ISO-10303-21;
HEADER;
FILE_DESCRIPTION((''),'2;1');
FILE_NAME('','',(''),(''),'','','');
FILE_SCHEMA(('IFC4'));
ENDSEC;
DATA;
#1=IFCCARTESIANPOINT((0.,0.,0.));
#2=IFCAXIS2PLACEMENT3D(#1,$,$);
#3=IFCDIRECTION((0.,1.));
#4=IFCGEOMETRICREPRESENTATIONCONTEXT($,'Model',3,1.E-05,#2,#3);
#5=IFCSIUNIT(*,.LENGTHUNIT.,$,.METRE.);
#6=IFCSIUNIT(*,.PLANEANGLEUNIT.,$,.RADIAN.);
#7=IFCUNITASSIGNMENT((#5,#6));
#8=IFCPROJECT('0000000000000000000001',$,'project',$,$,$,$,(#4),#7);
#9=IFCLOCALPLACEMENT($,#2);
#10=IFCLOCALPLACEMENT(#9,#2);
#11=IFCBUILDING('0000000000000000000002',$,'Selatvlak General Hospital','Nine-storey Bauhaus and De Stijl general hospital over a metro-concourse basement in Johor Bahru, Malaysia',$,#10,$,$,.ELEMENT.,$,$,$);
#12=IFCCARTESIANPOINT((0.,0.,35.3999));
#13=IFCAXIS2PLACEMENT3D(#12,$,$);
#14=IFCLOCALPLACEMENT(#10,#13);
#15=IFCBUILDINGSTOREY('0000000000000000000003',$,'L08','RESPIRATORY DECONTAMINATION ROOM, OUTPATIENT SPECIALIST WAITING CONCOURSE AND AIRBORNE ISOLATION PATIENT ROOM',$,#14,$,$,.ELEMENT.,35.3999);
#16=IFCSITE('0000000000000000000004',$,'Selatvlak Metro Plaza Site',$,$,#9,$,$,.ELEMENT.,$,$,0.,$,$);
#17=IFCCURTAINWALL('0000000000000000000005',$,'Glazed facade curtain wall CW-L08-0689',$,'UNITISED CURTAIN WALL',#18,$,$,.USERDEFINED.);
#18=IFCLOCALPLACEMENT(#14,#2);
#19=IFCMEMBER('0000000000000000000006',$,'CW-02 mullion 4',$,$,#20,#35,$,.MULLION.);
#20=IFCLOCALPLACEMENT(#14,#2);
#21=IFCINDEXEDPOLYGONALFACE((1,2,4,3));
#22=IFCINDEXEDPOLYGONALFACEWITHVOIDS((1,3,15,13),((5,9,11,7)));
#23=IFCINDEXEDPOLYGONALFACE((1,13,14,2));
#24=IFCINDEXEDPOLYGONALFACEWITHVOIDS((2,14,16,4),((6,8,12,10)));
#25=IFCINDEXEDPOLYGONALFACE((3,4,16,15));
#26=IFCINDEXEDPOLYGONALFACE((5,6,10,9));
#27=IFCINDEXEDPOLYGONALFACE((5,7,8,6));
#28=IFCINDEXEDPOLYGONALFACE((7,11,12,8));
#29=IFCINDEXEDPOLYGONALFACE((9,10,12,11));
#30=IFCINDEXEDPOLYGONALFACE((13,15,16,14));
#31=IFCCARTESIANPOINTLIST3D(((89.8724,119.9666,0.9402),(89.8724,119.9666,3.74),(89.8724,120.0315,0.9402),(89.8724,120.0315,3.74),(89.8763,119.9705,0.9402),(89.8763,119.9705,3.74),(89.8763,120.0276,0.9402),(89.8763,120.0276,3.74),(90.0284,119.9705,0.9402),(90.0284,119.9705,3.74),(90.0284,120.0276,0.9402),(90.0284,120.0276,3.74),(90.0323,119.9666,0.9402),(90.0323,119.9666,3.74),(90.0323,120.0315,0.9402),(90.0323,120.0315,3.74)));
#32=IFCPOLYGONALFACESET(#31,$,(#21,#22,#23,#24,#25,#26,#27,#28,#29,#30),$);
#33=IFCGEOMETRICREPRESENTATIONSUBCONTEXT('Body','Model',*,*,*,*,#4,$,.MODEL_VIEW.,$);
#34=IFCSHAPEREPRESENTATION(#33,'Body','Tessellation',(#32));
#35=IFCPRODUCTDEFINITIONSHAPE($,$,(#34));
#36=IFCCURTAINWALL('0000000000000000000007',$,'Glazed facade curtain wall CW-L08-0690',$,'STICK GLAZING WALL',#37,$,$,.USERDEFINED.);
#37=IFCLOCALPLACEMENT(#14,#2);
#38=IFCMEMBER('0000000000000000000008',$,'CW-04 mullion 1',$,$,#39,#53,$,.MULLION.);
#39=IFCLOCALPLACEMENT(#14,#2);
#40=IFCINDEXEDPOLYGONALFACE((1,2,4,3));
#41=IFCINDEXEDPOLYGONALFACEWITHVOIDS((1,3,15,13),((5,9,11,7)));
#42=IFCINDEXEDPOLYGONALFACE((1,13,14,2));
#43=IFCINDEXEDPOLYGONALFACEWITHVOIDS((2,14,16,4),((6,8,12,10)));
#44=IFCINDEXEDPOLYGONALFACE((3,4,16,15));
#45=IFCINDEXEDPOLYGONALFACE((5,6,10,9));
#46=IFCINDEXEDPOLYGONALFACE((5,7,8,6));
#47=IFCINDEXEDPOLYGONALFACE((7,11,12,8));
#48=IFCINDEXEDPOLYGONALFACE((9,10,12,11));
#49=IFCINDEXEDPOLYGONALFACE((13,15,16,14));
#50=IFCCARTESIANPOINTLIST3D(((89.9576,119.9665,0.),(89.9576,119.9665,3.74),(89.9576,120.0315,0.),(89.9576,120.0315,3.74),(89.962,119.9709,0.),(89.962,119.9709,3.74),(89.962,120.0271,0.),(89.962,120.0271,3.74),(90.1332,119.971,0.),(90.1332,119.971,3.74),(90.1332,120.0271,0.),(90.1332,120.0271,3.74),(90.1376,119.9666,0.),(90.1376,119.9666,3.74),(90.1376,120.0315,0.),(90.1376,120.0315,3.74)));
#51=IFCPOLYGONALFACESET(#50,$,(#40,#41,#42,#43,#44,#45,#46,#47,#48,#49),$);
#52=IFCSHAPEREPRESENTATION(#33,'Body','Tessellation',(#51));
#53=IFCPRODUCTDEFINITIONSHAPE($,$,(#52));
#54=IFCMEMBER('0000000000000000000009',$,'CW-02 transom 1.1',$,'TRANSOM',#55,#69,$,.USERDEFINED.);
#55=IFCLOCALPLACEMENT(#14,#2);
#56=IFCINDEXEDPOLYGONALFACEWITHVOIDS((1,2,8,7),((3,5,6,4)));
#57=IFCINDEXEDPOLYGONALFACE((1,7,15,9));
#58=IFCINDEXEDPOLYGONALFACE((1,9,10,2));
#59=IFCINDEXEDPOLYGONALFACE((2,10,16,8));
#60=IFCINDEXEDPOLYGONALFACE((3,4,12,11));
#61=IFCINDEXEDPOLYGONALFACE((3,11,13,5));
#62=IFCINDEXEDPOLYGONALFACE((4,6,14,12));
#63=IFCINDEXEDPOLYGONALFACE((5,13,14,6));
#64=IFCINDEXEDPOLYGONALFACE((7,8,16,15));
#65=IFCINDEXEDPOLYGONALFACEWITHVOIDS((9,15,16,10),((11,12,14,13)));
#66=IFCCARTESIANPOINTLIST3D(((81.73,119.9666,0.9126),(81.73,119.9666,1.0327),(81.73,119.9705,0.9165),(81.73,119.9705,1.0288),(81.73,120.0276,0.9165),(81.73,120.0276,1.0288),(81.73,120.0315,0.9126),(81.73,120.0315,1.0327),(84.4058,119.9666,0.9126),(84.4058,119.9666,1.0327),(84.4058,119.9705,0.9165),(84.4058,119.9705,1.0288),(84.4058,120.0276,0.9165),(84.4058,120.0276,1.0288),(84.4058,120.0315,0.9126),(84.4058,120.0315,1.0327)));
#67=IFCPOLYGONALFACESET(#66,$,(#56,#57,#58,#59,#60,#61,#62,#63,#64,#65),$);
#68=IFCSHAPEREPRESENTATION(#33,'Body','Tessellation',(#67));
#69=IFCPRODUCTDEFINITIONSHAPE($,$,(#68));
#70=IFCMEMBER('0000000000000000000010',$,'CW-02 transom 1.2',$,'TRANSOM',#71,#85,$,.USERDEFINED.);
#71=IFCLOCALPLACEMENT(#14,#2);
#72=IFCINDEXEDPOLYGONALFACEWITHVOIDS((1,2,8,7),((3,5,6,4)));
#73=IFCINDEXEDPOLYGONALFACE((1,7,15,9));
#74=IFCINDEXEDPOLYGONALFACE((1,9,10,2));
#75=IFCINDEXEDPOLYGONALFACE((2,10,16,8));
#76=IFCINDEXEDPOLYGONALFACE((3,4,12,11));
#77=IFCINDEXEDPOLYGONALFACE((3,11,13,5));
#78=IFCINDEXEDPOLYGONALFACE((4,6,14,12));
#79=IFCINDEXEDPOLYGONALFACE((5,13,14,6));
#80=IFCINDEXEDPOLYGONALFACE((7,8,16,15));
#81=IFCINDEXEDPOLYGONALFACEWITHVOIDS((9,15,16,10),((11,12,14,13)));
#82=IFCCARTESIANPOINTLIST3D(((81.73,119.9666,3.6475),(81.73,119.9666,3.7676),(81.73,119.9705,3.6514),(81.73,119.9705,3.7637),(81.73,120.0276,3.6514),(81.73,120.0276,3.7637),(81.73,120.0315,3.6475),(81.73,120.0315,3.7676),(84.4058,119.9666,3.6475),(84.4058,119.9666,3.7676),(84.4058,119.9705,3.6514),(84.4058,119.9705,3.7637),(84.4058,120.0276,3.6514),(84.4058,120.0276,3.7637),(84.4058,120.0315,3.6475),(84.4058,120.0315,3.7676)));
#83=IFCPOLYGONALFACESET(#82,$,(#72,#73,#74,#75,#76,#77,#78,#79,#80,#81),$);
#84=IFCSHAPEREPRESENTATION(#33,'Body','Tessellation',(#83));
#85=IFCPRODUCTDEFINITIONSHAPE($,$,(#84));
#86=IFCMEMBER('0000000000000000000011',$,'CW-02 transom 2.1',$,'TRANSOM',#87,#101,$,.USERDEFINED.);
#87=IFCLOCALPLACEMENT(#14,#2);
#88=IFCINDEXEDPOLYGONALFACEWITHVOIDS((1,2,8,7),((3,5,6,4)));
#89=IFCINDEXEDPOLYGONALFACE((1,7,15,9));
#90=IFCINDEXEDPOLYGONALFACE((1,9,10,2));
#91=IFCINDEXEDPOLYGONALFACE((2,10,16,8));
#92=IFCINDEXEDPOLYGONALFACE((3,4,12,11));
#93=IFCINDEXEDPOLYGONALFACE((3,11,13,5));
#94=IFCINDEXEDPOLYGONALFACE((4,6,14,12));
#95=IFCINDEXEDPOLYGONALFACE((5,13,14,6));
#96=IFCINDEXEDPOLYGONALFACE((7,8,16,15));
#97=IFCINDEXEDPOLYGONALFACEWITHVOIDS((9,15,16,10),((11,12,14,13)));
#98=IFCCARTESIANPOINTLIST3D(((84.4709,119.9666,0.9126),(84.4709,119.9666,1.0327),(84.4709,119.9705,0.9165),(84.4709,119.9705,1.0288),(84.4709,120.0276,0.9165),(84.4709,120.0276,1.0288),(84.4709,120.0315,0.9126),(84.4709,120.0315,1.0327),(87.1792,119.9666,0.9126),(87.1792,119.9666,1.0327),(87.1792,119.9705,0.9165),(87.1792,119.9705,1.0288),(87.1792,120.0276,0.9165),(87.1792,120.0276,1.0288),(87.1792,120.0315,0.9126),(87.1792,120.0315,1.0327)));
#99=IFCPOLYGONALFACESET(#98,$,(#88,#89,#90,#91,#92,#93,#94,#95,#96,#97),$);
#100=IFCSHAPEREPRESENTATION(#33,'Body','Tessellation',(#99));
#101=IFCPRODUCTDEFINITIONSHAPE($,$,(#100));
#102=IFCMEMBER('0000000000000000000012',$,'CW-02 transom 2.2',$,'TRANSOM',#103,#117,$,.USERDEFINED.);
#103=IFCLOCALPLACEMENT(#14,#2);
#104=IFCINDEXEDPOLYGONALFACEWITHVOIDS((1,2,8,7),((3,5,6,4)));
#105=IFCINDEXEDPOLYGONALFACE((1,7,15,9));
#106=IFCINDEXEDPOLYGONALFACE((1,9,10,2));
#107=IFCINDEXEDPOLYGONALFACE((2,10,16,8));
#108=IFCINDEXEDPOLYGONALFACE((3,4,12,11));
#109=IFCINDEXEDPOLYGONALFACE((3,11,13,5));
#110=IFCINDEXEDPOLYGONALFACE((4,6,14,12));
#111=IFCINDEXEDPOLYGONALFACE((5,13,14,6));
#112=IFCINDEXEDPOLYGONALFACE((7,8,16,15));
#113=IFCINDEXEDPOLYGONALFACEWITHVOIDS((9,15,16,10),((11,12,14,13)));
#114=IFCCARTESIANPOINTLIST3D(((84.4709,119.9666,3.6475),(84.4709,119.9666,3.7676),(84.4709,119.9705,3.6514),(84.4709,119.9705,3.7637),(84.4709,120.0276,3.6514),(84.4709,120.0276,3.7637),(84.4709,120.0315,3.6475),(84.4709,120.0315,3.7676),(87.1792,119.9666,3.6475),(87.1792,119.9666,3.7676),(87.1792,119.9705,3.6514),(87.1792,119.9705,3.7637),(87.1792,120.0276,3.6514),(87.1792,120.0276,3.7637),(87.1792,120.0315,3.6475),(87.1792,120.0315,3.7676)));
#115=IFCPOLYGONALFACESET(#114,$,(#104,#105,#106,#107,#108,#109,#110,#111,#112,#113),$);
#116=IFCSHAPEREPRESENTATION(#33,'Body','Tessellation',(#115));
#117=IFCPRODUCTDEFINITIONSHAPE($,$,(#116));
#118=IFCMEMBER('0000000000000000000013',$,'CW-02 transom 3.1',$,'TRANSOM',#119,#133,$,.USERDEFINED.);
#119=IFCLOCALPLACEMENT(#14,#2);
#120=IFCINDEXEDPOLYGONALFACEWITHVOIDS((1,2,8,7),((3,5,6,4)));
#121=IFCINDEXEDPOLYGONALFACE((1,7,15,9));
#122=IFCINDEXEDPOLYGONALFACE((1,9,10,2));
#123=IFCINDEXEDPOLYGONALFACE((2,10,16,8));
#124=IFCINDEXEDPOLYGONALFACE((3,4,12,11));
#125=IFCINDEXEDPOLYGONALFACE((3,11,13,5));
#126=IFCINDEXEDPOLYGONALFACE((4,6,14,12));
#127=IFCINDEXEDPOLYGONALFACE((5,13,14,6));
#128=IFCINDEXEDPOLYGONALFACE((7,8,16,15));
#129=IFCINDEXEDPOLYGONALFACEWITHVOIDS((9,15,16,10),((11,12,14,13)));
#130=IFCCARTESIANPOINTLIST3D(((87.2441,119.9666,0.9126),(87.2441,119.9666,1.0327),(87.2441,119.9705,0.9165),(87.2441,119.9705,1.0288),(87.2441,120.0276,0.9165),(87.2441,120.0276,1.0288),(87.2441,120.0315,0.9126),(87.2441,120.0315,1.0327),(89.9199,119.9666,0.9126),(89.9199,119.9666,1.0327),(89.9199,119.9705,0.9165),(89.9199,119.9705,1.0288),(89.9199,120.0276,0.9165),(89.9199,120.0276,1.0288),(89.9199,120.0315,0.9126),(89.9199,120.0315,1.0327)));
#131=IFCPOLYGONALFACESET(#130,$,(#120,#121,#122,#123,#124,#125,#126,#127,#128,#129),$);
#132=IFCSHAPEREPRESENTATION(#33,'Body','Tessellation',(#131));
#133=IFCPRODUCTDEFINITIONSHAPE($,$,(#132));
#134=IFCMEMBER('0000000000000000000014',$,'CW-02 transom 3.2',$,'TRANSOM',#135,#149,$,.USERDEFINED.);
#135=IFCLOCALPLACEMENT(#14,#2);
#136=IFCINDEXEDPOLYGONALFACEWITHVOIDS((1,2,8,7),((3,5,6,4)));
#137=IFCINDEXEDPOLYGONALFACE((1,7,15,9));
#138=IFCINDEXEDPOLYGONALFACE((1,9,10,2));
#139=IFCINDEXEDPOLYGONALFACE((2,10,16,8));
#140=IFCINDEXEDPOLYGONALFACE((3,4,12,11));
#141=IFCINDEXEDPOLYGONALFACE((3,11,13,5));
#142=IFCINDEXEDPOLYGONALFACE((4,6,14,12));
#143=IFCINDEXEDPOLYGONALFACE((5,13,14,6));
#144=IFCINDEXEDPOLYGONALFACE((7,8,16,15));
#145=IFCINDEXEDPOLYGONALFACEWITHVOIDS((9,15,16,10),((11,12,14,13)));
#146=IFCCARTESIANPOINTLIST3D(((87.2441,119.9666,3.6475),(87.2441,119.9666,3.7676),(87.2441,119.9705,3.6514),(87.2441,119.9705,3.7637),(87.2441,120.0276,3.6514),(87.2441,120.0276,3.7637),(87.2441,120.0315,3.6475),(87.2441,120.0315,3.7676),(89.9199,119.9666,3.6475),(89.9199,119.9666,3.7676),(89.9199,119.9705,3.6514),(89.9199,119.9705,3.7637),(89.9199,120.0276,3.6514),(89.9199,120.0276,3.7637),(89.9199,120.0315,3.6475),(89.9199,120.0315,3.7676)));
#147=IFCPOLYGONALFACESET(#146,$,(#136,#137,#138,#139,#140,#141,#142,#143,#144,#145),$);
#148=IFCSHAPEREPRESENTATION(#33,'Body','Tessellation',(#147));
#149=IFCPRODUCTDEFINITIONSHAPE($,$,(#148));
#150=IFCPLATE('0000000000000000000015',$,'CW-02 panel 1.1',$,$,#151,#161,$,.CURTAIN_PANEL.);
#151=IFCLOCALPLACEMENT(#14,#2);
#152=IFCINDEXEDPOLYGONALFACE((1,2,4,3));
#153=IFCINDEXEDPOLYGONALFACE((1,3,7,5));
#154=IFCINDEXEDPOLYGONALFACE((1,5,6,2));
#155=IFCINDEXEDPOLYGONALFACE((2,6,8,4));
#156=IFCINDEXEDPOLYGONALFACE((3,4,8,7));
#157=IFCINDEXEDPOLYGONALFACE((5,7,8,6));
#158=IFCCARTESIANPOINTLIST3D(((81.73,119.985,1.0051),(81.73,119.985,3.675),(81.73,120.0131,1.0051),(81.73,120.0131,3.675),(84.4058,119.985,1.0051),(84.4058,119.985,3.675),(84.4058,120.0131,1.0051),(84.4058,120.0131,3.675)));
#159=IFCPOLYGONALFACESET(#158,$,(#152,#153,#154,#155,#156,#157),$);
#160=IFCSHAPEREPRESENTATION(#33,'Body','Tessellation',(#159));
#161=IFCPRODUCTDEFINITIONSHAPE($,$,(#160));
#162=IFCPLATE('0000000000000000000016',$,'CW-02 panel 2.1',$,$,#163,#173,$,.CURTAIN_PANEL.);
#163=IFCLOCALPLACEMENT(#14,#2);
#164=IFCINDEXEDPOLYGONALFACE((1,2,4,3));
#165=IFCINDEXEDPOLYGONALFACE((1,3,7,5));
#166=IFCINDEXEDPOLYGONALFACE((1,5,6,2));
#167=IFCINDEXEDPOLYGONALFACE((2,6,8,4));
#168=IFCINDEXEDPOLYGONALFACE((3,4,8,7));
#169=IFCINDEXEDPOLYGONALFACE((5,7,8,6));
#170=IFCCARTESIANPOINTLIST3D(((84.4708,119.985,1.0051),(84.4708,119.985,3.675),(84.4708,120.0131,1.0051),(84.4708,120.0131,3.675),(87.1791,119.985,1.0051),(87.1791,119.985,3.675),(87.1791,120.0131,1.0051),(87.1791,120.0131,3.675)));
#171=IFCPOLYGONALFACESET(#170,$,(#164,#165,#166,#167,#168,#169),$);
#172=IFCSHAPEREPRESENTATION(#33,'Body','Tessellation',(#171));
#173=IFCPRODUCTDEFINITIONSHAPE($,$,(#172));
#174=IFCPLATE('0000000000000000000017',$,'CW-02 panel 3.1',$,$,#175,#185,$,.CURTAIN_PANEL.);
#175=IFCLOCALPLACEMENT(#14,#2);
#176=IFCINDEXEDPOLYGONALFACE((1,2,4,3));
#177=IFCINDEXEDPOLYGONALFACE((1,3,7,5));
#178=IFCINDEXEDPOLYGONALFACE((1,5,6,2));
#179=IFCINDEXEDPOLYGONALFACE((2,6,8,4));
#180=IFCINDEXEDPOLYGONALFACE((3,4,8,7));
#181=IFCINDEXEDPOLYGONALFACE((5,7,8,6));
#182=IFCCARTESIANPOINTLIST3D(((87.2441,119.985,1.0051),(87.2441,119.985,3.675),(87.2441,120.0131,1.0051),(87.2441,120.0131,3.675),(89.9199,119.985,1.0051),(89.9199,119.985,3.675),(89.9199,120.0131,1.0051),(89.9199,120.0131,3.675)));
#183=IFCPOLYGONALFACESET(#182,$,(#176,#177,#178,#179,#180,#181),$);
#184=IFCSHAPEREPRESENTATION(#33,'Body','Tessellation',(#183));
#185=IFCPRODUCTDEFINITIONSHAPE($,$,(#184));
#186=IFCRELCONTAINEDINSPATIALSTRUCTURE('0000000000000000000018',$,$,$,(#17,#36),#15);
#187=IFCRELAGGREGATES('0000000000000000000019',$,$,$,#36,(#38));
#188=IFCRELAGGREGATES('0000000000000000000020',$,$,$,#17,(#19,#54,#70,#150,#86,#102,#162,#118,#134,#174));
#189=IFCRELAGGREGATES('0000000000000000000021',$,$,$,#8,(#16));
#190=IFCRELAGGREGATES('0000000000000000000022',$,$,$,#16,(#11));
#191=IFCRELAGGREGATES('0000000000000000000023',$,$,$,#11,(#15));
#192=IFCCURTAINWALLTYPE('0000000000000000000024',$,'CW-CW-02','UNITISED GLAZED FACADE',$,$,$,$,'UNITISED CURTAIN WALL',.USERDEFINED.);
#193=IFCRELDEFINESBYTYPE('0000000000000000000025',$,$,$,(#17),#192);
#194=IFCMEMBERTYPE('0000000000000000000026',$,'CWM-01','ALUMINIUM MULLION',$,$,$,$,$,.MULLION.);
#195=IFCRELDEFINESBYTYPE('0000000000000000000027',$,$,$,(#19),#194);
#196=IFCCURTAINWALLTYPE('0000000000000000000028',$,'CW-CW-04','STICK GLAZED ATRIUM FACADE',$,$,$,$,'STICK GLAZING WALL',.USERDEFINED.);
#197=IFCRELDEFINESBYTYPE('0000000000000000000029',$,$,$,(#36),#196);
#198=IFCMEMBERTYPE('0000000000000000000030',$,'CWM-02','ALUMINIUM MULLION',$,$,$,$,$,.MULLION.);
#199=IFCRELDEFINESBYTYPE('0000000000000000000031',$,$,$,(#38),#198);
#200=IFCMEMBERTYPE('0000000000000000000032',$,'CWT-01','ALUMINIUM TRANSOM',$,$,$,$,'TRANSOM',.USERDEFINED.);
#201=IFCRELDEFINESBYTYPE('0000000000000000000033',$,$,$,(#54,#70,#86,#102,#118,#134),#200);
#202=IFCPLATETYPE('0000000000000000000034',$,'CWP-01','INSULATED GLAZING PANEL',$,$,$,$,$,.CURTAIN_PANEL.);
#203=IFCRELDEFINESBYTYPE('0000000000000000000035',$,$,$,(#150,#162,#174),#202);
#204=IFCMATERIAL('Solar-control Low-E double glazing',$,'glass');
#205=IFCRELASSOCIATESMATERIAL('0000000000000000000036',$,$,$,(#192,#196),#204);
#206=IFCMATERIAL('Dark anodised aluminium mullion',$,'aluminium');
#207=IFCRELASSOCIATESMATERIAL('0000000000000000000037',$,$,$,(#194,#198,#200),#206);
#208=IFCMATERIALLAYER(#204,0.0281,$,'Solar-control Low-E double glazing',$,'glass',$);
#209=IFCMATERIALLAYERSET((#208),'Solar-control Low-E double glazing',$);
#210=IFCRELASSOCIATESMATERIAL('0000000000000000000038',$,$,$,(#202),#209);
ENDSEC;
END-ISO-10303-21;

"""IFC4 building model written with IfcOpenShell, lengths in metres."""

from ifc_helpers import new_model, si_unit, direction, frame, origin, origin_2d, place, context, subcontext, project, spatial, rectangle, hollow_rectangle, extrude, material, layer, layer_set, material_profile, profile_set, type_object, element, aggregate, save


model = new_model("IFC4")

# Units and contexts
model_context = context("Model", 3, precision=1e-05, world=origin(), true_north=direction((0.0, 1.0)))
body_context = subcontext(model_context, "Body", "Model", "MODEL_VIEW")
ifc_project = project(units=[si_unit("LENGTHUNIT", "METRE"), si_unit("PLANEANGLEUNIT", "RADIAN")], contexts=[model_context])

# Site, building, storey
site_placement = place(None, origin())
site = spatial("IfcSite", under=ifc_project, at=site_placement, Name="Selatvlak Metro Plaza Site", CompositionType="ELEMENT", RefElevation=0.0)
building_placement = place(site_placement, origin())
building = spatial("IfcBuilding", under=site, at=building_placement, Name="Selatvlak General Hospital", Description="Nine-storey Bauhaus and De Stijl general hospital over a metro-concourse basement in Johor Bahru, Malaysia", CompositionType="ELEMENT")
storey_placement = place(building_placement, frame((0.0, 0.0, 35.3999)))
storey = spatial("IfcBuildingStorey", under=building, at=storey_placement, Name="L08", Description="RESPIRATORY DECONTAMINATION ROOM, OUTPATIENT SPECIALIST WAITING CONCOURSE AND AIRBORNE ISOLATION PATIENT ROOM", CompositionType="ELEMENT", Elevation=35.3999)

# Curtain wall, member
ifc_material_1 = material(Name="Solar-control Low-E double glazing", Category="glass")
curtain_wall_type_1 = type_object("IfcCurtainWallType", Name="CW-CW-02", Description="UNITISED GLAZED FACADE", ElementType="UNITISED CURTAIN WALL", PredefinedType="USERDEFINED", material=ifc_material_1)
curtain_wall_1_placement = place(storey_placement, origin())
curtain_wall_1 = element("IfcCurtainWall", 1, at=curtain_wall_1_placement, inside=storey, type_object=curtain_wall_type_1, Name="Glazed facade curtain wall CW-L08-0689", ObjectType="UNITISED CURTAIN WALL", PredefinedType="USERDEFINED")
ifc_material_2 = material(Name="Dark anodised aluminium mullion", Category="aluminium")
ifc_material_profile_1 = material_profile(ifc_material_2, hollow_rectangle(XDim=0.0649, YDim=0.1599, WallThickness=0.0039, at=origin_2d()), Name="AL-MUL 65x160x4")
ifc_profile_set_1 = profile_set([ifc_material_profile_1], Name="Dark anodised aluminium mullion")
member_type_1 = type_object("IfcMemberType", Name="CWM-01", Description="ALUMINIUM MULLION", PredefinedType="MULLION", material=ifc_profile_set_1)
member_1_placement = place(storey_placement, frame((89.9524, 119.999, 0.9402), z_axis=(0.0, 0.0, 1.0), x_axis=(0.0, 1.0, 0.0)))
member_1 = element("IfcMember", 2, at=member_1_placement, type_object=member_type_1, Name="CW-02 mullion 4", PredefinedType="MULLION", context=body_context, shape_type="SweptSolid", body=[
    extrude(hollow_rectangle(XDim=0.0649, YDim=0.1599, WallThickness=0.0039, at=origin_2d()), origin(), (0.0, 0.0, 1.0), 2.7998),
])

# Curtain wall, member
curtain_wall_type_2 = type_object("IfcCurtainWallType", Name="CW-CW-04", Description="STICK GLAZED ATRIUM FACADE", ElementType="STICK GLAZING WALL", PredefinedType="USERDEFINED", material=ifc_material_1)
curtain_wall_2_placement = place(storey_placement, origin())
curtain_wall_2 = element("IfcCurtainWall", 3, at=curtain_wall_2_placement, inside=storey, type_object=curtain_wall_type_2, Name="Glazed facade curtain wall CW-L08-0690", ObjectType="STICK GLAZING WALL", PredefinedType="USERDEFINED")
ifc_material_profile_2 = material_profile(ifc_material_2, hollow_rectangle(XDim=0.0649, YDim=0.1799, WallThickness=0.0044, at=origin_2d()), Name="AL-MUL 65x180x4.5")
ifc_profile_set_2 = profile_set([ifc_material_profile_2], Name="Dark anodised aluminium mullion")
member_type_2 = type_object("IfcMemberType", Name="CWM-02", Description="ALUMINIUM MULLION", PredefinedType="MULLION", material=ifc_profile_set_2)
member_2_placement = place(storey_placement, frame((90.0476, 119.999, 0.0), z_axis=(0.0, 0.0, 1.0), x_axis=(-0.000119, 1.0, 0.0)))
member_2 = element("IfcMember", 4, at=member_2_placement, type_object=member_type_2, Name="CW-04 mullion 1", PredefinedType="MULLION", context=body_context, shape_type="SweptSolid", body=[
    extrude(hollow_rectangle(XDim=0.0649, YDim=0.1799, WallThickness=0.0044, at=origin_2d()), origin(), (0.0, 0.0, 1.0), 3.74),
])
aggregate(curtain_wall_2, [member_2])

# Members
ifc_material_profile_3 = material_profile(ifc_material_2, hollow_rectangle(XDim=0.0649, YDim=0.1201, WallThickness=0.0039, at=origin_2d()), Name="AL-TRN 65x120x4")
ifc_profile_set_3 = profile_set([ifc_material_profile_3], Name="Dark anodised aluminium mullion")
member_type_3 = type_object("IfcMemberType", Name="CWT-01", Description="ALUMINIUM TRANSOM", ElementType="TRANSOM", PredefinedType="USERDEFINED", material=ifc_profile_set_3)
member_3_placement = place(storey_placement, frame((81.73, 119.999, 0.9727), z_axis=(1.0, 0.0, 0.0), x_axis=(0.0, 1.0, 0.0)))
member_3 = element("IfcMember", 5, at=member_3_placement, type_object=member_type_3, Name="CW-02 transom 1.1", ObjectType="TRANSOM", PredefinedType="USERDEFINED", context=body_context, shape_type="SweptSolid", body=[
    extrude(hollow_rectangle(XDim=0.0649, YDim=0.1201, WallThickness=0.0039, at=origin_2d()), origin(), (0.0, 0.0, 1.0), 2.6758),
])
member_4_placement = place(storey_placement, frame((81.73, 119.999, 3.7075), z_axis=(1.0, 0.0, 0.0), x_axis=(0.0, 1.0, 0.0)))
member_4 = element("IfcMember", 6, at=member_4_placement, type_object=member_type_3, Name="CW-02 transom 1.2", ObjectType="TRANSOM", PredefinedType="USERDEFINED", context=body_context, shape_type="SweptSolid", body=[
    extrude(hollow_rectangle(XDim=0.0649, YDim=0.1201, WallThickness=0.0039, at=origin_2d()), origin(), (0.0, 0.0, 1.0), 2.6758),
])
member_5_placement = place(storey_placement, frame((84.4709, 119.999, 0.9727), z_axis=(1.0, 0.0, 0.0), x_axis=(0.0, 1.0, 0.0)))
member_5 = element("IfcMember", 7, at=member_5_placement, type_object=member_type_3, Name="CW-02 transom 2.1", ObjectType="TRANSOM", PredefinedType="USERDEFINED", context=body_context, shape_type="SweptSolid", body=[
    extrude(hollow_rectangle(XDim=0.0649, YDim=0.1201, WallThickness=0.0039, at=origin_2d()), origin(), (0.0, 0.0, 1.0), 2.7083),
])
member_6_placement = place(storey_placement, frame((84.4709, 119.999, 3.7075), z_axis=(1.0, 0.0, 0.0), x_axis=(0.0, 1.0, 0.0)))
member_6 = element("IfcMember", 8, at=member_6_placement, type_object=member_type_3, Name="CW-02 transom 2.2", ObjectType="TRANSOM", PredefinedType="USERDEFINED", context=body_context, shape_type="SweptSolid", body=[
    extrude(hollow_rectangle(XDim=0.0649, YDim=0.1201, WallThickness=0.0039, at=origin_2d()), origin(), (0.0, 0.0, 1.0), 2.7083),
])
member_7_placement = place(storey_placement, frame((87.2441, 119.999, 0.9727), z_axis=(1.0, 0.0, 0.0), x_axis=(0.0, 1.0, 0.0)))
member_7 = element("IfcMember", 9, at=member_7_placement, type_object=member_type_3, Name="CW-02 transom 3.1", ObjectType="TRANSOM", PredefinedType="USERDEFINED", context=body_context, shape_type="SweptSolid", body=[
    extrude(hollow_rectangle(XDim=0.0649, YDim=0.1201, WallThickness=0.0039, at=origin_2d()), origin(), (0.0, 0.0, 1.0), 2.6758),
])
member_8_placement = place(storey_placement, frame((87.2441, 119.999, 3.7075), z_axis=(1.0, 0.0, 0.0), x_axis=(0.0, 1.0, 0.0)))
member_8 = element("IfcMember", 10, at=member_8_placement, type_object=member_type_3, Name="CW-02 transom 3.2", ObjectType="TRANSOM", PredefinedType="USERDEFINED", context=body_context, shape_type="SweptSolid", body=[
    extrude(hollow_rectangle(XDim=0.0649, YDim=0.1201, WallThickness=0.0039, at=origin_2d()), origin(), (0.0, 0.0, 1.0), 2.6758),
])

# Plates
ifc_layer_1 = layer(ifc_material_1, 0.0281, Name="Solar-control Low-E double glazing", Category="glass")
ifc_layer_set_1 = layer_set([ifc_layer_1], Name="Solar-control Low-E double glazing")
plate_type = type_object("IfcPlateType", Name="CWP-01", Description="INSULATED GLAZING PANEL", PredefinedType="CURTAIN_PANEL", material=ifc_layer_set_1)
plate_1_placement = place(storey_placement, frame((83.0679, 119.999, 1.0051), z_axis=(0.0, 0.0, 1.0), x_axis=(1.0, 0.0, 0.0)))
plate_1 = element("IfcPlate", 11, at=plate_1_placement, type_object=plate_type, Name="CW-02 panel 1.1", PredefinedType="CURTAIN_PANEL", context=body_context, shape_type="SweptSolid", body=[
    extrude(rectangle(XDim=2.6758, YDim=0.0281, at=origin_2d()), origin(), (0.0, 0.0, 1.0), 2.6699),
])
plate_2_placement = place(storey_placement, frame((85.825, 119.999, 1.0051), z_axis=(0.0, 0.0, 1.0), x_axis=(1.0, 0.0, 0.0)))
plate_2 = element("IfcPlate", 12, at=plate_2_placement, type_object=plate_type, Name="CW-02 panel 2.1", PredefinedType="CURTAIN_PANEL", context=body_context, shape_type="SweptSolid", body=[
    extrude(rectangle(XDim=2.7083, YDim=0.0281, at=origin_2d()), origin(), (0.0, 0.0, 1.0), 2.6699),
])
plate_3_placement = place(storey_placement, frame((88.582, 119.999, 1.0051), z_axis=(0.0, 0.0, 1.0), x_axis=(1.0, 0.0, 0.0)))
plate_3 = element("IfcPlate", 13, at=plate_3_placement, type_object=plate_type, Name="CW-02 panel 3.1", PredefinedType="CURTAIN_PANEL", context=body_context, shape_type="SweptSolid", body=[
    extrude(rectangle(XDim=2.6758, YDim=0.0281, at=origin_2d()), origin(), (0.0, 0.0, 1.0), 2.6699),
])
aggregate(curtain_wall_1, [member_1, member_3, member_4, plate_1, member_5, member_6, plate_2, member_7, member_8, plate_3])

save(model, "model.ifc")
